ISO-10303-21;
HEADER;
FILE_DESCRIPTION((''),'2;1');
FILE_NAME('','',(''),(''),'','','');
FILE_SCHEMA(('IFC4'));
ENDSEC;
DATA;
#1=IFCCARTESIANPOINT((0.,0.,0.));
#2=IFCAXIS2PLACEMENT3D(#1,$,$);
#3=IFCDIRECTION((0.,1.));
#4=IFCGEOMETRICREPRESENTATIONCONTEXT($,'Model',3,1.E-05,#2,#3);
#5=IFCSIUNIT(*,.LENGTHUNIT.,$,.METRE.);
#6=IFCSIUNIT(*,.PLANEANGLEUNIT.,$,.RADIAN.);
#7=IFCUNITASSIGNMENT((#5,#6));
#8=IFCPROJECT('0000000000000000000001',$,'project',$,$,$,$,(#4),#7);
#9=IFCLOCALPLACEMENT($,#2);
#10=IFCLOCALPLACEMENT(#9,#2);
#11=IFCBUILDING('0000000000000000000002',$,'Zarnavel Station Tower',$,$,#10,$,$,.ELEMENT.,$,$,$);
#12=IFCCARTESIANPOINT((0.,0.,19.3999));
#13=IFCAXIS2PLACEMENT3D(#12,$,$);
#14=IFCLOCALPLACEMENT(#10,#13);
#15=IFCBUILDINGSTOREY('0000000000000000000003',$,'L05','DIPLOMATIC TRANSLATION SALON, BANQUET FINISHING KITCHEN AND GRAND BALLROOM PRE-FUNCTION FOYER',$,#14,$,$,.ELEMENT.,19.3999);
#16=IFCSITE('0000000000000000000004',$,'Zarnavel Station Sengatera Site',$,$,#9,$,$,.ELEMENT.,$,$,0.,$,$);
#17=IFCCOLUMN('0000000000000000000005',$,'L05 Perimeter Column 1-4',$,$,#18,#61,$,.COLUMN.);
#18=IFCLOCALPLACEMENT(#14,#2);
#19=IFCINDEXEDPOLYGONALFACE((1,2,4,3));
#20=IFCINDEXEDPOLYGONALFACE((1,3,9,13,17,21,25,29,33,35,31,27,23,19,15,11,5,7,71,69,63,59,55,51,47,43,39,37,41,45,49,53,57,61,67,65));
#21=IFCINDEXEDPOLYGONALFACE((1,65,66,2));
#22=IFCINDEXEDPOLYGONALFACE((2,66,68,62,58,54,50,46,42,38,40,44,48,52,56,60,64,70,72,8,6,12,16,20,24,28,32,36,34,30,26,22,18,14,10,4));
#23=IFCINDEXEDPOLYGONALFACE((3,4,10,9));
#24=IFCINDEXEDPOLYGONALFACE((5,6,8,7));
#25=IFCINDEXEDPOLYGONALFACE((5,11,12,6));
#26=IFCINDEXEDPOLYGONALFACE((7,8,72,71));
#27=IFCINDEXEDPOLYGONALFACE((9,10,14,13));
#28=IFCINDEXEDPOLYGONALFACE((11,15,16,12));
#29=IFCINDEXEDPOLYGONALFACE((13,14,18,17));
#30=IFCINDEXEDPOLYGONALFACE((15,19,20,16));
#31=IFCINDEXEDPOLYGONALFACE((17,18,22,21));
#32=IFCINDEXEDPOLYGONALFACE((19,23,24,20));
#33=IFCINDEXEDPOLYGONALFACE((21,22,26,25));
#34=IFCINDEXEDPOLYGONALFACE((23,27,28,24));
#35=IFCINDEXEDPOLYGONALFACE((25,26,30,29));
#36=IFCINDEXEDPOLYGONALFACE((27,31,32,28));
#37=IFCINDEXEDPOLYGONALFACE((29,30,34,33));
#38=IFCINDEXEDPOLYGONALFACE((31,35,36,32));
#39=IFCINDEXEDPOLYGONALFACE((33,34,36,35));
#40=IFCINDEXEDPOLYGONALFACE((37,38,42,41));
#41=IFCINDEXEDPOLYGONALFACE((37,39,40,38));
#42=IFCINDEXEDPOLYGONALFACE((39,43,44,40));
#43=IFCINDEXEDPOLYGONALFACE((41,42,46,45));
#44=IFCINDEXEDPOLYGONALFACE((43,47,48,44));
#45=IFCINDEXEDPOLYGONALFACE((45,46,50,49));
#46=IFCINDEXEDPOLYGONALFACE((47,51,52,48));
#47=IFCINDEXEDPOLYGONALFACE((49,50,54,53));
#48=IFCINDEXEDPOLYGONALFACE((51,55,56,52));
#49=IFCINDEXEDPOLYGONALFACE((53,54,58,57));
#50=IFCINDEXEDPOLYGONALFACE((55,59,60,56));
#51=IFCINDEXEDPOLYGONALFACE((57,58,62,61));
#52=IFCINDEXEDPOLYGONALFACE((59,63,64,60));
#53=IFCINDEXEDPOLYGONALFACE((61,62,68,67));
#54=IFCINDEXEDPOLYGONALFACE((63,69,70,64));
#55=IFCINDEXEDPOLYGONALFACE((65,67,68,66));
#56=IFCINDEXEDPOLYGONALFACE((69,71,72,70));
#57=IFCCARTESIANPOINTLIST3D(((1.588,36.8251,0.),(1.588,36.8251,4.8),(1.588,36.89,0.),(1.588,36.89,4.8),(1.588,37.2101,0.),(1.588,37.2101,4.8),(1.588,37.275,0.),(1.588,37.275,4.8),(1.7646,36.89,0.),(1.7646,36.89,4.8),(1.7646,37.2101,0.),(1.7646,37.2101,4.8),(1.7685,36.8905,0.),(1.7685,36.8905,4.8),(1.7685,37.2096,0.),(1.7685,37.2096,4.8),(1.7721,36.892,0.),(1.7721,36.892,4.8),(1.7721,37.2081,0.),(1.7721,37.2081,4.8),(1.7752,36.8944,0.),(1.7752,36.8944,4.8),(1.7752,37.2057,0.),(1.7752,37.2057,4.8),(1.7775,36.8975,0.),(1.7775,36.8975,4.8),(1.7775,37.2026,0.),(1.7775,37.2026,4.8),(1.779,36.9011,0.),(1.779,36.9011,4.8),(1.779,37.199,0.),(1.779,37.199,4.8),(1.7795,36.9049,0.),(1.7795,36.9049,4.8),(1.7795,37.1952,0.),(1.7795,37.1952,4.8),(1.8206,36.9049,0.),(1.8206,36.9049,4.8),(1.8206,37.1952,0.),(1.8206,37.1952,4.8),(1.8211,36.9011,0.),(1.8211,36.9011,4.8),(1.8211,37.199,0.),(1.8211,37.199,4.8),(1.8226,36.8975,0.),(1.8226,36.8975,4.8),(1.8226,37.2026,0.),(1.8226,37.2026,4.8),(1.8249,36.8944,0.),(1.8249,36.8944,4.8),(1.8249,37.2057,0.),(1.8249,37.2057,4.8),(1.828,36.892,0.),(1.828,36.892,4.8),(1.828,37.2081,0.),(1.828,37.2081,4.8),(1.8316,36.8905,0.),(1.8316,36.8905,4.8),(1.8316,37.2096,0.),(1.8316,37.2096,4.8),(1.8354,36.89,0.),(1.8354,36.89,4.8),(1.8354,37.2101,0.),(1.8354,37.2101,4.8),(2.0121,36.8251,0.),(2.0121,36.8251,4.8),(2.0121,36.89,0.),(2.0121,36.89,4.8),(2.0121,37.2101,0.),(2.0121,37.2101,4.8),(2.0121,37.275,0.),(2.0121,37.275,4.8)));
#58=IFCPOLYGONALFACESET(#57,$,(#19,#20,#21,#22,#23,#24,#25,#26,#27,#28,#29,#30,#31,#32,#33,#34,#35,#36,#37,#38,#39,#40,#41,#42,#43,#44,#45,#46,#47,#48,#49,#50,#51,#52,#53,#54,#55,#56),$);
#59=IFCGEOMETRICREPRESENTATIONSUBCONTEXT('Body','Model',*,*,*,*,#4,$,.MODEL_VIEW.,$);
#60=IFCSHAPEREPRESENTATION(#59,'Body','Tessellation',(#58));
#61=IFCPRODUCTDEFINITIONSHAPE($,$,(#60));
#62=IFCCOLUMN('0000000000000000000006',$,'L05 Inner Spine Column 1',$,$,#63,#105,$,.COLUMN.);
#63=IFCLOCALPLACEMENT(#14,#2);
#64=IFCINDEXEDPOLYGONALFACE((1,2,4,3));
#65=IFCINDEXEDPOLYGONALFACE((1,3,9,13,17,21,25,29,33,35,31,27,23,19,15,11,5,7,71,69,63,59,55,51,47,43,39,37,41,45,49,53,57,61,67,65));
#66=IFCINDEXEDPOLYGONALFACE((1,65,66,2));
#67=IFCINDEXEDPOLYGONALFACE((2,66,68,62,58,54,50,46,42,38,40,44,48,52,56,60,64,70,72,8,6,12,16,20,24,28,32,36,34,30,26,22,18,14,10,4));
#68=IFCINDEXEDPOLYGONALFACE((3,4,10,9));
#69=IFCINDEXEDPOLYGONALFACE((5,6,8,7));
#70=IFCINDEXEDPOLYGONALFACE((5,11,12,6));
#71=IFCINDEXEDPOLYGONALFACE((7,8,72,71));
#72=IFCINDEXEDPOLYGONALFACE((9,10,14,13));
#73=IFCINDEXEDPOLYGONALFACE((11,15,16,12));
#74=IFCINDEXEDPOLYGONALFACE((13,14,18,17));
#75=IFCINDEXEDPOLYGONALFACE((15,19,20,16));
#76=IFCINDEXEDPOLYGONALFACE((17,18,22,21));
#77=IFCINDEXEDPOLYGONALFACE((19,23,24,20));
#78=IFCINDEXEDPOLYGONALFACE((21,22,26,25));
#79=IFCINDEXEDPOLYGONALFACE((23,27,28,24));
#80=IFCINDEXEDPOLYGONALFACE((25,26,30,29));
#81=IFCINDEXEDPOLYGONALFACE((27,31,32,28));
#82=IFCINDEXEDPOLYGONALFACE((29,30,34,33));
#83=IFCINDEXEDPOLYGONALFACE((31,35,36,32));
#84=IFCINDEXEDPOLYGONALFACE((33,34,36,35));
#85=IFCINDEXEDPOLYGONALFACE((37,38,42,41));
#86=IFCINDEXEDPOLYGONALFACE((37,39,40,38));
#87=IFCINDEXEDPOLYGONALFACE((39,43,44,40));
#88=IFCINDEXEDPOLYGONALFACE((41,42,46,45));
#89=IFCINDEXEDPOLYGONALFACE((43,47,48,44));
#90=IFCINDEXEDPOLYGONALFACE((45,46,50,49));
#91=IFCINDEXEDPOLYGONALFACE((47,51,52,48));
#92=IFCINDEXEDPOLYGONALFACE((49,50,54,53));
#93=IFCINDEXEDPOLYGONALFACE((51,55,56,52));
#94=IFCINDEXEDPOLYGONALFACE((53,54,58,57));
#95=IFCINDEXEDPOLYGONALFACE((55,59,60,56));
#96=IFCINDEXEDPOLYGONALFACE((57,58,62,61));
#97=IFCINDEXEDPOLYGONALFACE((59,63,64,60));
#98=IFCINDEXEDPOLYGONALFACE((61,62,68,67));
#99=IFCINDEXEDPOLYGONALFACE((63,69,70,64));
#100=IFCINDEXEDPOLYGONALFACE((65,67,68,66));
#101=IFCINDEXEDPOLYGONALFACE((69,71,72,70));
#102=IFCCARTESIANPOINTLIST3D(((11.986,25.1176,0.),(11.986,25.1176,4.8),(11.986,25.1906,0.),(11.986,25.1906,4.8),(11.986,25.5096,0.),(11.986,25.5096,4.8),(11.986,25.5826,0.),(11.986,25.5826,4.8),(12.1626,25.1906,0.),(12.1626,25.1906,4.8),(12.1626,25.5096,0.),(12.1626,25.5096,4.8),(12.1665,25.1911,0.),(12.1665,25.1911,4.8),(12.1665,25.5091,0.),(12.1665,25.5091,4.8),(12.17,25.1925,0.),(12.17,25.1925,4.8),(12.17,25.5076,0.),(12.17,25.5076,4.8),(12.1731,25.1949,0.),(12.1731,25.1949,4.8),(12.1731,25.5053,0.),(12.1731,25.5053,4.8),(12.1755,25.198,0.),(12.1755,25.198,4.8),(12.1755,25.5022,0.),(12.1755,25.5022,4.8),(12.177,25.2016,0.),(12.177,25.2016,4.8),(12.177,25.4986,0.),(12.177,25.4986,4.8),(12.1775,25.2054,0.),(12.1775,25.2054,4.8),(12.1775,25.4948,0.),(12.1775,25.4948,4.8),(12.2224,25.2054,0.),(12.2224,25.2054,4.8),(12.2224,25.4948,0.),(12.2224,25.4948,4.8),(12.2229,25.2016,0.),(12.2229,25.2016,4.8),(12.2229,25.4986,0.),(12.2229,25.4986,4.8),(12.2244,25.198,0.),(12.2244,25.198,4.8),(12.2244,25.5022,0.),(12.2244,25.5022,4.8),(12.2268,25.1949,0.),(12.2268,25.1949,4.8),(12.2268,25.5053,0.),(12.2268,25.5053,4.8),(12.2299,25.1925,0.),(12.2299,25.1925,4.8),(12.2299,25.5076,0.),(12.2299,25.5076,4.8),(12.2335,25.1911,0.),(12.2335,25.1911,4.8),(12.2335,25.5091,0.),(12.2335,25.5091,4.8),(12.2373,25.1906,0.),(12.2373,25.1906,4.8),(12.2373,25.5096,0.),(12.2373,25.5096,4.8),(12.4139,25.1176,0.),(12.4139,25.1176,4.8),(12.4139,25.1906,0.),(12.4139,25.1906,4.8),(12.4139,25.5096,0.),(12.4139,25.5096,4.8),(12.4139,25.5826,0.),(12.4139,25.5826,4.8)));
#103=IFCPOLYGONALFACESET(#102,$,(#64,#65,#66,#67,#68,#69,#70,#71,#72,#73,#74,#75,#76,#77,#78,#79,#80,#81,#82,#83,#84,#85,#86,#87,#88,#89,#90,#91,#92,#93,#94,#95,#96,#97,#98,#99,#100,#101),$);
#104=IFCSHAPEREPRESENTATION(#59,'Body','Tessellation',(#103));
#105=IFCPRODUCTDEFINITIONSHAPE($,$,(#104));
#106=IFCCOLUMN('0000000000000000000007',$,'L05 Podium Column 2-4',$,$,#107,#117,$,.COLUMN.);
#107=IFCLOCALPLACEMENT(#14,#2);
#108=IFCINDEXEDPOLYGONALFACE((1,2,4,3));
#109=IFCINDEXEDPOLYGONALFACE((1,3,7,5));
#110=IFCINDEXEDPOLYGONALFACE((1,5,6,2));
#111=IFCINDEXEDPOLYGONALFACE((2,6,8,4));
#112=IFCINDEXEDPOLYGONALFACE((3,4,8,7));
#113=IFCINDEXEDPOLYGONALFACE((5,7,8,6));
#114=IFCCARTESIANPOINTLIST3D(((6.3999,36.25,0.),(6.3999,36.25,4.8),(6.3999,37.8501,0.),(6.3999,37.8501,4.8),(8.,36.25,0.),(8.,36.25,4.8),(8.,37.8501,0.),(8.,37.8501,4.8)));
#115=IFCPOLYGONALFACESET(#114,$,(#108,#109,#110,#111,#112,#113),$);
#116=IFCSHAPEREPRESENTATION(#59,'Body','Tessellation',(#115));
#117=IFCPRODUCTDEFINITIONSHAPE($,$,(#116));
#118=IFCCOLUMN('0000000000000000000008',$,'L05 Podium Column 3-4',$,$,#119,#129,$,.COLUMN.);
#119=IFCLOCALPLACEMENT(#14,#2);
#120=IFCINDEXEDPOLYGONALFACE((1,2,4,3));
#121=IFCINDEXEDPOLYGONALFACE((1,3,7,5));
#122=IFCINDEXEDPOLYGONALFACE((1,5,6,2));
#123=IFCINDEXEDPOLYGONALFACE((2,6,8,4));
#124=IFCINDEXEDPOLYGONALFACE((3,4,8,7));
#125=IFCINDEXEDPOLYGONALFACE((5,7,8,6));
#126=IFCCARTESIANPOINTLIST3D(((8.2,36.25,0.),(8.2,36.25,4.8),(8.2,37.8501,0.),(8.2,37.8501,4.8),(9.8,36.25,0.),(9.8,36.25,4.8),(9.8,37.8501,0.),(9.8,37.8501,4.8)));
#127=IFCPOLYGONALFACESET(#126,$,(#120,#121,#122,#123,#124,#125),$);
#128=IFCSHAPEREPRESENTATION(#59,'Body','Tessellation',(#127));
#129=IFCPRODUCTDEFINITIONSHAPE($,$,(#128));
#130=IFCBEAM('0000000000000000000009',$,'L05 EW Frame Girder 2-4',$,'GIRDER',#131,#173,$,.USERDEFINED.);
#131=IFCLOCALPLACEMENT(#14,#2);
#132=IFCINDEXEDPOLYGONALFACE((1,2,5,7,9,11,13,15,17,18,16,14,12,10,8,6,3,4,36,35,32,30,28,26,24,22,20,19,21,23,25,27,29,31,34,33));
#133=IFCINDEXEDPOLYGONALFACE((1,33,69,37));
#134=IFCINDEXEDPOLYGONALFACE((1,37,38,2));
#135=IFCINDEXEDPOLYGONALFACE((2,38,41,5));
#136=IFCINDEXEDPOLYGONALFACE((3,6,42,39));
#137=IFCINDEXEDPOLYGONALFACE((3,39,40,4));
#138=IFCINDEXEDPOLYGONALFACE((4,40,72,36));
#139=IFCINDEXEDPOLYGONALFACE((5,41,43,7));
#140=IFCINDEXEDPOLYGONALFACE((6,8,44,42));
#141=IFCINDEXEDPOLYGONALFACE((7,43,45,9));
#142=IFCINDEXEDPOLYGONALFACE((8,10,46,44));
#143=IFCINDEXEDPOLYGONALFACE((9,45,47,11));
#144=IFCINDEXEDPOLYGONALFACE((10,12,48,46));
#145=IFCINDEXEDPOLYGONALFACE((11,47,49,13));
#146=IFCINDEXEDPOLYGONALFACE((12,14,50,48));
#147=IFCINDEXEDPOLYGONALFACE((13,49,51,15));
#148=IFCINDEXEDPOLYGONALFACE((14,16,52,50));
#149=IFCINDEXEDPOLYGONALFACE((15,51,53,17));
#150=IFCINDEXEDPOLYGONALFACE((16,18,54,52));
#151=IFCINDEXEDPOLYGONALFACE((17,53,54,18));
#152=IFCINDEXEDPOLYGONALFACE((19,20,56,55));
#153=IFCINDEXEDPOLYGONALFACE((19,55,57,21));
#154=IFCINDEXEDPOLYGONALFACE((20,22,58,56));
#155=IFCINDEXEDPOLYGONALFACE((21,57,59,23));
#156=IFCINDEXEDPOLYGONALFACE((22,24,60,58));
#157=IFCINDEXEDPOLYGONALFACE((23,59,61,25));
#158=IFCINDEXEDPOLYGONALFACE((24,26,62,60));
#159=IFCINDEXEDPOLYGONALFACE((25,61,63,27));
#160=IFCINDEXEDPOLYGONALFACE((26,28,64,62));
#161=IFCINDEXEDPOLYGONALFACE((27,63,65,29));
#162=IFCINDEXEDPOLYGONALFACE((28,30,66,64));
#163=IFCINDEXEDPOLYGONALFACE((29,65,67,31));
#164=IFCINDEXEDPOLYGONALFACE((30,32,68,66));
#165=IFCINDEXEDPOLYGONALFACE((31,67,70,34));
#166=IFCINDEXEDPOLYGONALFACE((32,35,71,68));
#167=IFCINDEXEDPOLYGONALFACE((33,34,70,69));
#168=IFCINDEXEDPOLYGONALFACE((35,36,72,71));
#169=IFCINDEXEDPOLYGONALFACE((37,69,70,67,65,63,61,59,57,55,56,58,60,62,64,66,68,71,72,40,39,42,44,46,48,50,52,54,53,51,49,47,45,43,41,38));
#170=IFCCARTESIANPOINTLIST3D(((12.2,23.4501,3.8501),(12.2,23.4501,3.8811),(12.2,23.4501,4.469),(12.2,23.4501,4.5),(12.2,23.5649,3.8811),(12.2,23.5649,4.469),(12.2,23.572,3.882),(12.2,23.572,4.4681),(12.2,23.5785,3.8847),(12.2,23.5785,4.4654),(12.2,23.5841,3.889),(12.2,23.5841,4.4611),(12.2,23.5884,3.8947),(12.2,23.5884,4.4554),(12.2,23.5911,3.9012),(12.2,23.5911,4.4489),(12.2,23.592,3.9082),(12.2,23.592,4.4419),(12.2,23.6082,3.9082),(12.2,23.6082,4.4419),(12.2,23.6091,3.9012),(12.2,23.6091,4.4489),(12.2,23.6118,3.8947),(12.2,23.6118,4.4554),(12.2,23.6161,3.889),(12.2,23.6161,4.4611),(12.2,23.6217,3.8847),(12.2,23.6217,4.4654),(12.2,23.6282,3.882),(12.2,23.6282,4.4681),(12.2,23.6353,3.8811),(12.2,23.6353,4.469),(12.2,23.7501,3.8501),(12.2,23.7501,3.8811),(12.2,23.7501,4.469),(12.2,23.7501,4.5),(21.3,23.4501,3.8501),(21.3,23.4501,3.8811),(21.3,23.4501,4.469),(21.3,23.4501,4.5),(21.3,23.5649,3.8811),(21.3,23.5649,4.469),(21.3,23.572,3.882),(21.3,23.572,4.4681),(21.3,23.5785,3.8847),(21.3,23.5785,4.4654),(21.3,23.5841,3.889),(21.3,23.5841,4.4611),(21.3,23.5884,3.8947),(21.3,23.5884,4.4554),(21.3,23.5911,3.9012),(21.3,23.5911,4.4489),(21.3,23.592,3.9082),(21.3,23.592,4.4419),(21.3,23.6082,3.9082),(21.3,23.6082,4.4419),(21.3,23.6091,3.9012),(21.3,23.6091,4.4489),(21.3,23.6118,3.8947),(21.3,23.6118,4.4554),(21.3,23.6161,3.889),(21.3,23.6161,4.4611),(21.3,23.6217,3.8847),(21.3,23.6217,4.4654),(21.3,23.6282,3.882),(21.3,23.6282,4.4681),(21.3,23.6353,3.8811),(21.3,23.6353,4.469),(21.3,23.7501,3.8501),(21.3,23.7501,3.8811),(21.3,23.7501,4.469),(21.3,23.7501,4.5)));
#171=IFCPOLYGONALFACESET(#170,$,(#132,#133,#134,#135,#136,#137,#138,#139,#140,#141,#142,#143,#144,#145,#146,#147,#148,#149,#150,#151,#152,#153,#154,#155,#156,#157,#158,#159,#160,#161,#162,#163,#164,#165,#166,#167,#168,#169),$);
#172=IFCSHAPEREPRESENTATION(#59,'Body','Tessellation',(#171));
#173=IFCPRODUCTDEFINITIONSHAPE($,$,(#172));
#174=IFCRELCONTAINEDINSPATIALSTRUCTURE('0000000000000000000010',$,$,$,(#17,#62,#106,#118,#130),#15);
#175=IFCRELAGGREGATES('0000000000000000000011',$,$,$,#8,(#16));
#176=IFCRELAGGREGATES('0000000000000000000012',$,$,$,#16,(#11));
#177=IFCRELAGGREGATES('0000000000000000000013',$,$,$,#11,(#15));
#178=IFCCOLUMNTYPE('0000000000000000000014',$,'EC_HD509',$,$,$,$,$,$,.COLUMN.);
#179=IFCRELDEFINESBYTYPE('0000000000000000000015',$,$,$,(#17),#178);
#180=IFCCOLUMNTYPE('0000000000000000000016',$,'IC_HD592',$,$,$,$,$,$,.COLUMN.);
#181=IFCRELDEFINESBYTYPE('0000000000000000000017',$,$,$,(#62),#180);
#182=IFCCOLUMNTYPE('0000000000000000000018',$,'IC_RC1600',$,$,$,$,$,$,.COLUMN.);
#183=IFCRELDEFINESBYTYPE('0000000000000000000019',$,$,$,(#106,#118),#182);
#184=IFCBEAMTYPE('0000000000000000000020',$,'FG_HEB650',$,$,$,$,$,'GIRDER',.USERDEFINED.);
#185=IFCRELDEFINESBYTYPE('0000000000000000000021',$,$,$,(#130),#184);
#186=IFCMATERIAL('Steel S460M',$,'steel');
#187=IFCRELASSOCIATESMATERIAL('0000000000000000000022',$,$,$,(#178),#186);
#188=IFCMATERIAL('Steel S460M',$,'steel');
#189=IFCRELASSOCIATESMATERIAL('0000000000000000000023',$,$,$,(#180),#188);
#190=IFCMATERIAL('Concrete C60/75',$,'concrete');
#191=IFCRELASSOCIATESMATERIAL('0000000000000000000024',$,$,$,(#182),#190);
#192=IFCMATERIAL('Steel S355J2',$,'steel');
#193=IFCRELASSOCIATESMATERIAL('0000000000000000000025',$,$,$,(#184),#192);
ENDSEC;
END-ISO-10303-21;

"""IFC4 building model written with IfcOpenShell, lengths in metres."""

from ifc_helpers import new_model, si_unit, direction, frame, origin, origin_2d, place, context, subcontext, project, spatial, rectangle, i_section, extrude, material, material_profile, profile_set, type_object, element, save


model = new_model("IFC4")

# Units and contexts
model_context = context("Model", 3, precision=1e-05, world=origin(), true_north=direction((0.0, 1.0)))
body_context = subcontext(model_context, "Body", "Model", "MODEL_VIEW")
ifc_project = project(units=[si_unit("LENGTHUNIT", "METRE"), si_unit("PLANEANGLEUNIT", "RADIAN")], contexts=[model_context])

# Site, building, storey
site_placement = place(None, origin())
site = spatial("IfcSite", under=ifc_project, at=site_placement, Name="Zarnavel Station Sengatera Site", CompositionType="ELEMENT", RefElevation=0.0)
building_placement = place(site_placement, origin())
building = spatial("IfcBuilding", under=site, at=building_placement, Name="Zarnavel Station Tower", CompositionType="ELEMENT")
storey_placement = place(building_placement, frame((0.0, 0.0, 19.3999)))
storey = spatial("IfcBuildingStorey", under=building, at=storey_placement, Name="L05", Description="DIPLOMATIC TRANSLATION SALON, BANQUET FINISHING KITCHEN AND GRAND BALLROOM PRE-FUNCTION FOYER", CompositionType="ELEMENT", Elevation=19.3999)

# Columns
ifc_material_1 = material(Name="Steel S460M", Category="steel")
ifc_material_profile_1 = material_profile(ifc_material_1, i_section(OverallWidth=0.4241, OverallDepth=0.45, WebThickness=0.041, FlangeThickness=0.0649, FilletRadius=0.0149, at=origin_2d()), Name="HD400x509")
ifc_profile_set_1 = profile_set([ifc_material_profile_1], Name="Steel S460M")
column_type_1 = type_object("IfcColumnType", Name="EC_HD509", PredefinedType="COLUMN", material=ifc_profile_set_1)
column_1_placement = place(storey_placement, frame((1.8, 37.05, 0.0), z_axis=(0.0, 0.0, 1.0), x_axis=(1.0, 0.0, 0.0)))
element("IfcColumn", 1, at=column_1_placement, inside=storey, type_object=column_type_1, Name="L05 Perimeter Column 1-4", PredefinedType="COLUMN", context=body_context, shape_type="SweptSolid", body=[
    extrude(i_section(OverallWidth=0.4241, OverallDepth=0.45, WebThickness=0.041, FlangeThickness=0.0649, FilletRadius=0.0149, at=origin_2d()), origin(), (0.0, 0.0, 1.0), 4.8),
])
ifc_material_2 = material(Name="Steel S460M", Category="steel")
ifc_material_profile_2 = material_profile(ifc_material_2, i_section(OverallWidth=0.428, OverallDepth=0.4651, WebThickness=0.0449, FlangeThickness=0.073, FilletRadius=0.0149, at=origin_2d()), Name="HD400x592")
ifc_profile_set_2 = profile_set([ifc_material_profile_2], Name="Steel S460M")
column_type_2 = type_object("IfcColumnType", Name="IC_HD592", PredefinedType="COLUMN", material=ifc_profile_set_2)
column_2_placement = place(storey_placement, frame((12.2, 25.3501, 0.0), z_axis=(0.0, 0.0, 1.0), x_axis=(1.0, 0.0, 0.0)))
element("IfcColumn", 2, at=column_2_placement, inside=storey, type_object=column_type_2, Name="L05 Inner Spine Column 1", PredefinedType="COLUMN", context=body_context, shape_type="SweptSolid", body=[
    extrude(i_section(OverallWidth=0.428, OverallDepth=0.4651, WebThickness=0.0449, FlangeThickness=0.073, FilletRadius=0.0149, at=origin_2d()), origin(), (0.0, 0.0, 1.0), 4.8),
])
ifc_material_3 = material(Name="Concrete C60/75", Category="concrete")
ifc_material_profile_3 = material_profile(ifc_material_3, rectangle(XDim=1.6001, YDim=1.6001, at=origin_2d()), Name="RC1600x1600")
ifc_profile_set_3 = profile_set([ifc_material_profile_3], Name="Concrete C60/75")
column_type_3 = type_object("IfcColumnType", Name="IC_RC1600", PredefinedType="COLUMN", material=ifc_profile_set_3)
for number, where, z_axis, x_axis, name in (
    (3, (7.2, 37.05, 0.0), (0.0, 0.0, 1.0), (1.0, 0.0, 0.0), "L05 Podium Column 2-4"),
    (4, (9.0, 37.05, 0.0), (0.0, 0.0, 1.0), (1.0, 0.0, 0.0), "L05 Podium Column 3-4"),
):
    element("IfcColumn", number, at=place(storey_placement, frame(where, z_axis=z_axis, x_axis=x_axis)), inside=storey, type_object=column_type_3, Name=name, PredefinedType="COLUMN", context=body_context, shape_type="SweptSolid", body=[
        extrude(rectangle(XDim=1.6001, YDim=1.6001, at=origin_2d()), origin(), (0.0, 0.0, 1.0), 4.8),
    ])

# Beam
ifc_material_4 = material(Name="Steel S355J2", Category="steel")
ifc_material_profile_4 = material_profile(ifc_material_4, i_section(OverallWidth=0.3, OverallDepth=0.6499, WebThickness=0.0161, FlangeThickness=0.031, FilletRadius=0.0271, at=origin_2d()), Name="HEB650")
ifc_profile_set_4 = profile_set([ifc_material_profile_4], Name="Steel S355J2")
beam_type_1 = type_object("IfcBeamType", Name="FG_HEB650", ElementType="GIRDER", PredefinedType="USERDEFINED", material=ifc_profile_set_4)
beam_1_placement = place(storey_placement, frame((12.2, 23.6001, 4.175), z_axis=(1.0, 0.0, 0.0), x_axis=(0.0, 1.0, 0.0)))
element("IfcBeam", 5, at=beam_1_placement, inside=storey, type_object=beam_type_1, Name="L05 EW Frame Girder 2-4", ObjectType="GIRDER", PredefinedType="USERDEFINED", context=body_context, shape_type="SweptSolid", body=[
    extrude(i_section(OverallWidth=0.3, OverallDepth=0.6499, WebThickness=0.0161, FlangeThickness=0.031, FilletRadius=0.0271, at=origin_2d()), origin(), (0.0, 0.0, 1.0), 9.1001),
])

save(model, "model.ifc")
